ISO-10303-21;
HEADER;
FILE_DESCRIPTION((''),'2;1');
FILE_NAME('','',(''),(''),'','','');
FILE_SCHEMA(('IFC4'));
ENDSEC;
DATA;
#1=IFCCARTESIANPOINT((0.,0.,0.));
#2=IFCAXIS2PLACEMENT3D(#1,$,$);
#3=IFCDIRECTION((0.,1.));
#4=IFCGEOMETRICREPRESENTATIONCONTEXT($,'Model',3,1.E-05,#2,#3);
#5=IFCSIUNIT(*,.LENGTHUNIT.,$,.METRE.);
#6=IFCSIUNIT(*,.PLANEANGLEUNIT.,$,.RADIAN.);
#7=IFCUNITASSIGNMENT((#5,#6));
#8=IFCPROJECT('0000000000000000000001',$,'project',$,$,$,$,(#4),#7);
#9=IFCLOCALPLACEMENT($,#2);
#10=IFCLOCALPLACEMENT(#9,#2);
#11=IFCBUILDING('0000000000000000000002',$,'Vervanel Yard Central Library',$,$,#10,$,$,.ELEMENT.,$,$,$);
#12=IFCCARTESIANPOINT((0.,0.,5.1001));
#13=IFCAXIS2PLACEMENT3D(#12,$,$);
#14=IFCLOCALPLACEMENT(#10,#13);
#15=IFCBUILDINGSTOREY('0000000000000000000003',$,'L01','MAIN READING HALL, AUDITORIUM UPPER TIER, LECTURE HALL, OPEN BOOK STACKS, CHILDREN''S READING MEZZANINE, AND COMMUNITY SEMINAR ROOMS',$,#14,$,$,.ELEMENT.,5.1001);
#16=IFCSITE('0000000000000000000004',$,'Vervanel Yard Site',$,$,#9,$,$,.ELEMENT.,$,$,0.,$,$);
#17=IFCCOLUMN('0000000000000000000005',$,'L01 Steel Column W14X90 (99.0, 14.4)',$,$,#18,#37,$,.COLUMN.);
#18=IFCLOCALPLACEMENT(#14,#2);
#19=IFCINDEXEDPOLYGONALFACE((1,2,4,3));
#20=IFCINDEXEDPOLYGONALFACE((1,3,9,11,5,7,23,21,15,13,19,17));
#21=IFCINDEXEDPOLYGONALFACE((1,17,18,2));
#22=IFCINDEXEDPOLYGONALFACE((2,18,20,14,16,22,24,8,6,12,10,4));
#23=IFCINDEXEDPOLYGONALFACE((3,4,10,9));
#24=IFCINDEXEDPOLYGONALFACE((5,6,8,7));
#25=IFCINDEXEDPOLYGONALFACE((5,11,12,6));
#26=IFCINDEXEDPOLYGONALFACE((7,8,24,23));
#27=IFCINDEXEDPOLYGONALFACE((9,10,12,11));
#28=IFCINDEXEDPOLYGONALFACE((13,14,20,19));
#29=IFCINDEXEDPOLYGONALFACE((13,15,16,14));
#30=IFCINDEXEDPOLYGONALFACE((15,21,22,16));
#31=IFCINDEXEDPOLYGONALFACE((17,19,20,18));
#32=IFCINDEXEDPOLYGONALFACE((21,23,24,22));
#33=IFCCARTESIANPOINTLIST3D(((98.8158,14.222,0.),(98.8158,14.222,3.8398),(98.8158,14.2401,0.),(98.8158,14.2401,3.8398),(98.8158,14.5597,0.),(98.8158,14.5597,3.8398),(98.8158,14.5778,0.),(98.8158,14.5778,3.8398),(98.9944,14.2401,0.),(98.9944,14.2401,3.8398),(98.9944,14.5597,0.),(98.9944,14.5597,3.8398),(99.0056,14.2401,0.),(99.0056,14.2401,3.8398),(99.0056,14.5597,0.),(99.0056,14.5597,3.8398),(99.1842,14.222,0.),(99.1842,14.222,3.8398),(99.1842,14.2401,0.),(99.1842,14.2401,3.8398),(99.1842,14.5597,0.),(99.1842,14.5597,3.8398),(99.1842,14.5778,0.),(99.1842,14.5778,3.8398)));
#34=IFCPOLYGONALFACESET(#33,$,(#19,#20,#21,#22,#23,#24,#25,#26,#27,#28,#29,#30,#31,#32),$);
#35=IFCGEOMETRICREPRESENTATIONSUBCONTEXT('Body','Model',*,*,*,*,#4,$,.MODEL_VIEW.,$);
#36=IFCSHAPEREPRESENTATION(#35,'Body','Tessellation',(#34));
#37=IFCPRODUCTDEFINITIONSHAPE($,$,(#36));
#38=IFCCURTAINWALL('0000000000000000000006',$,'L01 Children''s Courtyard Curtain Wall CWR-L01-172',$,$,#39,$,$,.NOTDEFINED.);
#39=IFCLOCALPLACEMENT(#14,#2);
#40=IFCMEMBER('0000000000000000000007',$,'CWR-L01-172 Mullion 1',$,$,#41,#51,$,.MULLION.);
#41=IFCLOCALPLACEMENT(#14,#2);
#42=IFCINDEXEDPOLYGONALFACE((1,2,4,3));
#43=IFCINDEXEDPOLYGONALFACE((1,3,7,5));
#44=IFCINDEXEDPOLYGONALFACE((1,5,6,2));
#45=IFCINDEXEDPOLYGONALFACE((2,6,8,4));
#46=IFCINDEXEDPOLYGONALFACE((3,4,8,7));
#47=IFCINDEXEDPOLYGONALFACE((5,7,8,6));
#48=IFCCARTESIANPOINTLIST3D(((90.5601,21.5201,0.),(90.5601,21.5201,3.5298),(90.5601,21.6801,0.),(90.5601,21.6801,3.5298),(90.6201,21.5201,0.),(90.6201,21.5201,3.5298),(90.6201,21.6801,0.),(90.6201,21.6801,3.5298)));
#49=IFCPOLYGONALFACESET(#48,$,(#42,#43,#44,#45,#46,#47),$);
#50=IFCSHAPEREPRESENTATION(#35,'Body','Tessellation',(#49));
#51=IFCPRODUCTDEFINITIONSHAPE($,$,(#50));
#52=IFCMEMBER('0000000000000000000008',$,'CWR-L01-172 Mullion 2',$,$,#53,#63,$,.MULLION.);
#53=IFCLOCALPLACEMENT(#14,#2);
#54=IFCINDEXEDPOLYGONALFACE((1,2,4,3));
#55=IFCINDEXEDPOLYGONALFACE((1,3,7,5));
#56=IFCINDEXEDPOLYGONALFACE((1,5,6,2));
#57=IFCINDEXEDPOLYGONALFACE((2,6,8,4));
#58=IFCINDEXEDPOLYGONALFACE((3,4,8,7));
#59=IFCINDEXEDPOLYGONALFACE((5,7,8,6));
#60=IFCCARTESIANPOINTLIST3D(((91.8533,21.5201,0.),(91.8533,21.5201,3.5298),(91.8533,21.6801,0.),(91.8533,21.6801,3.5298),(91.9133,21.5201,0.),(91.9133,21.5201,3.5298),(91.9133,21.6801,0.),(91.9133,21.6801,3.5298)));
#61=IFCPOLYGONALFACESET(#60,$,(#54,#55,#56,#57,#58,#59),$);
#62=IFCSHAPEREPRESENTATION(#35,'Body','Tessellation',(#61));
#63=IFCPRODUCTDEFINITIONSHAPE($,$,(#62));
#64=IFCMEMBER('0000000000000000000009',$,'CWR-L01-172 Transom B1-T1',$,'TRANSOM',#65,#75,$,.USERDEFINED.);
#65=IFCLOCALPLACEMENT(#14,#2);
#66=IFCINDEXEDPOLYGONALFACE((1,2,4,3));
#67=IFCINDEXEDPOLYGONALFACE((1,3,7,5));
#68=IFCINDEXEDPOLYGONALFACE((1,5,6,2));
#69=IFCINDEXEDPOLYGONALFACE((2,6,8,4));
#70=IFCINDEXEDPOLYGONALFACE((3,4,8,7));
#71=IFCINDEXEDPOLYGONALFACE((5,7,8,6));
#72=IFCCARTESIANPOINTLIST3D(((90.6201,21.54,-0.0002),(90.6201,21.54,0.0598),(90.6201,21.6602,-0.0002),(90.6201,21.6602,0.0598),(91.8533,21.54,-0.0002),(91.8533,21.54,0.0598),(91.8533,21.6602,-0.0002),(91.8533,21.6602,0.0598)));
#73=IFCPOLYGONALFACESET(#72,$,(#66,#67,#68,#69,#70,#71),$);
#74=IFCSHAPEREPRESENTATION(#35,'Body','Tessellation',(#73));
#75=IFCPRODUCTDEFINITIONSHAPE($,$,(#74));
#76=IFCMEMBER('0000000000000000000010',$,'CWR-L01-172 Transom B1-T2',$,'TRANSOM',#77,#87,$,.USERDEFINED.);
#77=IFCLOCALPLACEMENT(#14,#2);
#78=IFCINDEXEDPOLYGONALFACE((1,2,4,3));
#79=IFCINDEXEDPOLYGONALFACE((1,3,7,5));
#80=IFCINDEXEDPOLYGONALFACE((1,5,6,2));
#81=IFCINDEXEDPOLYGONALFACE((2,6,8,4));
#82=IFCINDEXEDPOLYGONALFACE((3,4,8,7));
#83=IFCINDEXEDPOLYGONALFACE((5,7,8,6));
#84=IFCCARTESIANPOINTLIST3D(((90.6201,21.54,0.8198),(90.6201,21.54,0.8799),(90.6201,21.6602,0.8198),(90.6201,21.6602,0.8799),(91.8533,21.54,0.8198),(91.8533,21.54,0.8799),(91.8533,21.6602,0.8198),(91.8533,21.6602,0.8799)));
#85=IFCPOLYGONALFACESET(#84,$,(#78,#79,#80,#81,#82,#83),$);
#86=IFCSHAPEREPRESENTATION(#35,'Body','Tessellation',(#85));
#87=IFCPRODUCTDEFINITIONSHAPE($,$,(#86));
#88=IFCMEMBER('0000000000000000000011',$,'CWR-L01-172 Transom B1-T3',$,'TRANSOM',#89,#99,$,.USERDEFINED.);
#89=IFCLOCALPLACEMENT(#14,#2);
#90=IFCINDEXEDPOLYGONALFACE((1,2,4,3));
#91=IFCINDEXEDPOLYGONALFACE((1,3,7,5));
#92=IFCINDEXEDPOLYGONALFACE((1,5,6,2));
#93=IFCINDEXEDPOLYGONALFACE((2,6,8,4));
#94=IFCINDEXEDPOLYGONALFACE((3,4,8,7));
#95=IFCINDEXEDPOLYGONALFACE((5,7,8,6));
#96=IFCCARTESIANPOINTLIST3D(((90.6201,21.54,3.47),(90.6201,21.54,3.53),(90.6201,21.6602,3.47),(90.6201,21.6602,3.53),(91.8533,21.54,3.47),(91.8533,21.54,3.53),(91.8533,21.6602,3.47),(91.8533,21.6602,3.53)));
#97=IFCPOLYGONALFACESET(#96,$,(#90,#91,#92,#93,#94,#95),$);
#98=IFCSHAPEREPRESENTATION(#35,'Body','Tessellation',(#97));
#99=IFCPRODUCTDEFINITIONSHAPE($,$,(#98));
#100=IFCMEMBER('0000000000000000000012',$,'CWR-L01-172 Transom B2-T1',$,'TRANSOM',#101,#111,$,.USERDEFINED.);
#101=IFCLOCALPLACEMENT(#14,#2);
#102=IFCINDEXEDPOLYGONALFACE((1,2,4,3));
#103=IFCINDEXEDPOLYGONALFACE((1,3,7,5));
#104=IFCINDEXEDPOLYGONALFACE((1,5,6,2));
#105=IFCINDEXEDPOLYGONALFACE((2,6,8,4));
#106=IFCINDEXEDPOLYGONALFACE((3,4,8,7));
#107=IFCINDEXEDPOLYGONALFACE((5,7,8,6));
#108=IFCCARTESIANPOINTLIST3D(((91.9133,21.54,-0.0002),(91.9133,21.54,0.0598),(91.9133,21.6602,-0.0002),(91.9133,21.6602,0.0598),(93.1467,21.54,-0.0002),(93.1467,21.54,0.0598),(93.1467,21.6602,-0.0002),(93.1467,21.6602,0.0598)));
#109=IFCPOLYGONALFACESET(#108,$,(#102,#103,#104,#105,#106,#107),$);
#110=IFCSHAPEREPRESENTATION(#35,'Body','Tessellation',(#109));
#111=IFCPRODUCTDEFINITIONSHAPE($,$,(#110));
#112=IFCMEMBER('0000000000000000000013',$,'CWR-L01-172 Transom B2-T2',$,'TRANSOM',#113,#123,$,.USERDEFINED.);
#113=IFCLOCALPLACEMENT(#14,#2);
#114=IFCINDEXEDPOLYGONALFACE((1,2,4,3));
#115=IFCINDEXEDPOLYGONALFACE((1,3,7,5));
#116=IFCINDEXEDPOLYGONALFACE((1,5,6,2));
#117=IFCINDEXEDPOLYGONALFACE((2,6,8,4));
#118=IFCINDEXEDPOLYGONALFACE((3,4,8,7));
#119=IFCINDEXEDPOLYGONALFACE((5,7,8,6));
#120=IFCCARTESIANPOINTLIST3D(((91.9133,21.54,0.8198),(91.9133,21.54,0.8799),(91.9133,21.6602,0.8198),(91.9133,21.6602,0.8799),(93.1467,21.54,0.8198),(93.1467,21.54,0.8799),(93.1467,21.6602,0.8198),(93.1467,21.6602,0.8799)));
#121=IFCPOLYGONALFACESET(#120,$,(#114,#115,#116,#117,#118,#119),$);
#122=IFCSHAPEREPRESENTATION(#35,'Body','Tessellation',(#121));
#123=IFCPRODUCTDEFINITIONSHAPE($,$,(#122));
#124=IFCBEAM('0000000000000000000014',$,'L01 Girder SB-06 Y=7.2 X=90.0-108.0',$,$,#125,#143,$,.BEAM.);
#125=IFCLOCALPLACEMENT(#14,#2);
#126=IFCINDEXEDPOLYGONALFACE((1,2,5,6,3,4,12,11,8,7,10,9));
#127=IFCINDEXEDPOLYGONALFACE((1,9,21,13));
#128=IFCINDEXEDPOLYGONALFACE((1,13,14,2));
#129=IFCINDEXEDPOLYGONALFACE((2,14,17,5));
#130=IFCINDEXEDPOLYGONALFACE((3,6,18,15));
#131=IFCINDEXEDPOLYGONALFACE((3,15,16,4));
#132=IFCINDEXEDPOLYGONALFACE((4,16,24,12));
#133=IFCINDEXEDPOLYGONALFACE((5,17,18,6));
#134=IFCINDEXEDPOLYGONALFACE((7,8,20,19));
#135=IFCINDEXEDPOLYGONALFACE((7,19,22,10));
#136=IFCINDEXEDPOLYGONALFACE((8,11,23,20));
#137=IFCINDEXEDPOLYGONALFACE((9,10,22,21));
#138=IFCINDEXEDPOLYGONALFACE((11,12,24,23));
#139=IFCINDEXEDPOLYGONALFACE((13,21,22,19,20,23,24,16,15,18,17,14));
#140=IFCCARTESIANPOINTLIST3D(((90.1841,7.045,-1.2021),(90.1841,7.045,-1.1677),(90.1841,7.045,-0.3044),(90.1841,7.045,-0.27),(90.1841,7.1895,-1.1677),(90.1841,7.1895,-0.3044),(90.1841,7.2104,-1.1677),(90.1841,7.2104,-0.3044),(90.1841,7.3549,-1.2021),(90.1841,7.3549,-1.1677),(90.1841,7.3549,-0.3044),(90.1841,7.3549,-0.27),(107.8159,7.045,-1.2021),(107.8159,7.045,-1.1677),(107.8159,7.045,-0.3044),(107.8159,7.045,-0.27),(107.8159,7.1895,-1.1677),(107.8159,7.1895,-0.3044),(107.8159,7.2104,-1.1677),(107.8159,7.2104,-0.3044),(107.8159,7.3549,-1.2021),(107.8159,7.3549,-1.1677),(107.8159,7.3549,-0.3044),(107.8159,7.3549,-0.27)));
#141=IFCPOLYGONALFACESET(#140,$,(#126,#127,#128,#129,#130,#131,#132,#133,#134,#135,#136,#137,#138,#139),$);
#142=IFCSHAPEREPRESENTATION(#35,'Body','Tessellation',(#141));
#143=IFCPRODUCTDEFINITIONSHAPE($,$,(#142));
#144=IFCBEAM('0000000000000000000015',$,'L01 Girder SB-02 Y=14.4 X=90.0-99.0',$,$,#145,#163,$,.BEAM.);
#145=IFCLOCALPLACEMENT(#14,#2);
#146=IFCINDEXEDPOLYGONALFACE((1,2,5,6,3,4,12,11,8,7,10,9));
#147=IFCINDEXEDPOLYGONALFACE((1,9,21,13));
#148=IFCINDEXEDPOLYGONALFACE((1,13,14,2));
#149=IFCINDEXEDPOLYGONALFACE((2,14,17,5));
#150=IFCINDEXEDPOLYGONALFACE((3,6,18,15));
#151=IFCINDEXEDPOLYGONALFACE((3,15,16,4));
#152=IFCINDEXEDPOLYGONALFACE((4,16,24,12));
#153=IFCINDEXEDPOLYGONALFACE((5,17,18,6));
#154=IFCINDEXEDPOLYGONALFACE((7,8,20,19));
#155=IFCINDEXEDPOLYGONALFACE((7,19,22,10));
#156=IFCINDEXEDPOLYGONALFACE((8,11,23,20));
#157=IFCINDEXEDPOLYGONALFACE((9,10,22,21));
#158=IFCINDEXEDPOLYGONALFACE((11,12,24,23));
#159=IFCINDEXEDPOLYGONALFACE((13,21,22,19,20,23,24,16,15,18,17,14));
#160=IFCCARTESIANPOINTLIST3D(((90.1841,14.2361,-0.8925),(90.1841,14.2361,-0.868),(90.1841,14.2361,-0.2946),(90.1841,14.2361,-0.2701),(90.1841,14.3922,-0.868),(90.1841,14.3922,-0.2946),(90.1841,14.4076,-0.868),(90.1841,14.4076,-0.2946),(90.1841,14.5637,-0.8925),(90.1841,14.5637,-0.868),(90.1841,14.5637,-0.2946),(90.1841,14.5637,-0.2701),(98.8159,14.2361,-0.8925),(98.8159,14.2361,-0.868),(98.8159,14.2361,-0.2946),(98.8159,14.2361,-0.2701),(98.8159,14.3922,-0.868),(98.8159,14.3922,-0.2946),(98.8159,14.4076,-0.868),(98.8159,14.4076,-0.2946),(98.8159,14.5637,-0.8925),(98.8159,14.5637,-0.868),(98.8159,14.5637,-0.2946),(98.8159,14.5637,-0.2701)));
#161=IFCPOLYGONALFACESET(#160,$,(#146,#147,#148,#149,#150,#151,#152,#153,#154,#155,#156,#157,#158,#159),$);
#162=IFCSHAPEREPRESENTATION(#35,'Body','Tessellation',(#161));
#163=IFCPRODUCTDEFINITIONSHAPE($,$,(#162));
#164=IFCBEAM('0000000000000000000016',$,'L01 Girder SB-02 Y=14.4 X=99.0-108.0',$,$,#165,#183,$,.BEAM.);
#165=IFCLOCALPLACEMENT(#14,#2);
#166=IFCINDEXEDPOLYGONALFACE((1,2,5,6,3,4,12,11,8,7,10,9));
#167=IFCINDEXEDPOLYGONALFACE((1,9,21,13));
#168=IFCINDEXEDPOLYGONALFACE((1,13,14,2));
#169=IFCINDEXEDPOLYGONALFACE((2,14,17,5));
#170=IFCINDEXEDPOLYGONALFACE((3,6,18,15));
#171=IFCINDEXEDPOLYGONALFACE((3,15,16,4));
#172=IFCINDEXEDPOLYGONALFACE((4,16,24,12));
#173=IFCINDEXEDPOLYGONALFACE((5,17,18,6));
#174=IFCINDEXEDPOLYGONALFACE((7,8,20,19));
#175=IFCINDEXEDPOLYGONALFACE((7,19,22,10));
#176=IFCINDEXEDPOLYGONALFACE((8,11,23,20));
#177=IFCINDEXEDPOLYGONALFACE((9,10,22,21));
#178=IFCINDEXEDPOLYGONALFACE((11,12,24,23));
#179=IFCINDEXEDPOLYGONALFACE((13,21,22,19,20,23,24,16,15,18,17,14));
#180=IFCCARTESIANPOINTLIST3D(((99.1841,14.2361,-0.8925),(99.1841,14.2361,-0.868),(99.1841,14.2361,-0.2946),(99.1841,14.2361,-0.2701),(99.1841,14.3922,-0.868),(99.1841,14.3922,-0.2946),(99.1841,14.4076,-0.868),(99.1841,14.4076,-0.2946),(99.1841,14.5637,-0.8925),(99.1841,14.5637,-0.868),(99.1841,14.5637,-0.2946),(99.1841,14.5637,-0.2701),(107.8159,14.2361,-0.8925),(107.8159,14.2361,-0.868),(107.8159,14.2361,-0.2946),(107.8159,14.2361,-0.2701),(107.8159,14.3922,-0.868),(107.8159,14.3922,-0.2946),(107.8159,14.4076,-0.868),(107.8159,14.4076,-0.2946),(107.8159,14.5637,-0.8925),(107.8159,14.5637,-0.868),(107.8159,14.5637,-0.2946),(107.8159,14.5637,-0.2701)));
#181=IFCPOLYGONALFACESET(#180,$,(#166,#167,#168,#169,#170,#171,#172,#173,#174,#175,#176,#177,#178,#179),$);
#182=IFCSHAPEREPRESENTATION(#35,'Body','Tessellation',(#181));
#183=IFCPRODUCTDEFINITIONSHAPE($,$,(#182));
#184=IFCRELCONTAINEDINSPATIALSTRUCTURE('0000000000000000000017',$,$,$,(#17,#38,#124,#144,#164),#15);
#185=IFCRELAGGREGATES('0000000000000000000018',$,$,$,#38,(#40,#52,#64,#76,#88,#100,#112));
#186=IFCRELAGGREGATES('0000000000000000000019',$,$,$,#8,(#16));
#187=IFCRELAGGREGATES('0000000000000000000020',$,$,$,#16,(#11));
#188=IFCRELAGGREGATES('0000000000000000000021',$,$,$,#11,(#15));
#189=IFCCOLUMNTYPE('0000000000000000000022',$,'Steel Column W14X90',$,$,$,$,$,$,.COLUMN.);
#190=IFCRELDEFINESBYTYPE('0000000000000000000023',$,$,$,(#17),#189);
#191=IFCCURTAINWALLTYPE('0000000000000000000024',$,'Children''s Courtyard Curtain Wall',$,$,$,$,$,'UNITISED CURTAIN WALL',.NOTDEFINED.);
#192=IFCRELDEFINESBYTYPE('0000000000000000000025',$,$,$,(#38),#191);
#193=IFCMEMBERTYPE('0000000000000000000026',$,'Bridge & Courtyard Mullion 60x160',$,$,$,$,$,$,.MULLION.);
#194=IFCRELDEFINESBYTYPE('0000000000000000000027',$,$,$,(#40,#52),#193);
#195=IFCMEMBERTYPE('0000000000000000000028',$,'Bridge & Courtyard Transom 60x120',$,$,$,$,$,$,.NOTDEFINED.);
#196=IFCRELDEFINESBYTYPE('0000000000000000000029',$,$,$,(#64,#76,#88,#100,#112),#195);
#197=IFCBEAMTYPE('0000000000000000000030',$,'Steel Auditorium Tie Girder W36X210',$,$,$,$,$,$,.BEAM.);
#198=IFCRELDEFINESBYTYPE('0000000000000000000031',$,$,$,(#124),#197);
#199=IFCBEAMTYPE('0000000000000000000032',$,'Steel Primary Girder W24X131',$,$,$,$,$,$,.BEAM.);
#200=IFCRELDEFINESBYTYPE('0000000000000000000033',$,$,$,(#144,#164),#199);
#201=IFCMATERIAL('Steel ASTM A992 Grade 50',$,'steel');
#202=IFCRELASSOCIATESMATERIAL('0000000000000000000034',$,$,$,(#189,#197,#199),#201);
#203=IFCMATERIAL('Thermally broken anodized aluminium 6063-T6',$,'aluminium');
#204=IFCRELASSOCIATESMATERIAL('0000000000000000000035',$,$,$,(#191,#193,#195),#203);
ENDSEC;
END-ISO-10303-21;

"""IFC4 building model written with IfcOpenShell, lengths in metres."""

from ifc_helpers import new_model, si_unit, direction, frame, origin, origin_2d, place, context, subcontext, project, spatial, rectangle, i_section, extrude, material, material_profile, profile_set, type_object, element, aggregate, save


model = new_model("IFC4")

# Units and contexts
model_context = context("Model", 3, precision=1e-05, world=origin(), true_north=direction((0.0, 1.0)))
body_context = subcontext(model_context, "Body", "Model", "MODEL_VIEW")
ifc_project = project(units=[si_unit("LENGTHUNIT", "METRE"), si_unit("PLANEANGLEUNIT", "RADIAN")], contexts=[model_context])

# Site, building, storey
site_placement = place(None, origin())
site = spatial("IfcSite", under=ifc_project, at=site_placement, Name="Vervanel Yard Site", CompositionType="ELEMENT", RefElevation=0.0)
building_placement = place(site_placement, origin())
building = spatial("IfcBuilding", under=site, at=building_placement, Name="Vervanel Yard Central Library", CompositionType="ELEMENT")
storey_placement = place(building_placement, frame((0.0, 0.0, 5.1001)))
storey = spatial("IfcBuildingStorey", under=building, at=storey_placement, Name="L01", Description="MAIN READING HALL, AUDITORIUM UPPER TIER, LECTURE HALL, OPEN BOOK STACKS, CHILDREN'S READING MEZZANINE, AND COMMUNITY SEMINAR ROOMS", CompositionType="ELEMENT", Elevation=5.1001)

# Column
ifc_material_1 = material(Name="Steel ASTM A992 Grade 50", Category="steel")
ifc_material_profile_1 = material_profile(ifc_material_1, i_section(OverallWidth=0.3684, OverallDepth=0.3557, WebThickness=0.0112, FlangeThickness=0.0181, at=origin_2d()), Name="W14X90", Category="steel")
ifc_profile_set_1 = profile_set([ifc_material_profile_1], Name="Steel ASTM A992 Grade 50")
column_type = type_object("IfcColumnType", Name="Steel Column W14X90", PredefinedType="COLUMN", material=ifc_profile_set_1)
column_placement = place(storey_placement, frame((99.0, 14.3999, 0.0), z_axis=(0.0, 0.0, 1.0), x_axis=(1.0, 0.0, 0.0)))
element("IfcColumn", 1, at=column_placement, inside=storey, type_object=column_type, Name="L01 Steel Column W14X90 (99.0, 14.4)", PredefinedType="COLUMN", context=body_context, shape_type="SweptSolid", body=[
    extrude(i_section(OverallWidth=0.3684, OverallDepth=0.3557, WebThickness=0.0112, FlangeThickness=0.0181, at=origin_2d()), origin(), (0.0, 0.0, 1.0), 3.8398),
])

# Curtain wall, members
ifc_material_2 = material(Name="Thermally broken anodized aluminium 6063-T6", Category="aluminium")
curtain_wall_type = type_object("IfcCurtainWallType", Name="Children's Courtyard Curtain Wall", ElementType="UNITISED CURTAIN WALL", PredefinedType="NOTDEFINED", material=ifc_material_2)
curtain_wall_placement = place(storey_placement, origin())
curtain_wall = element("IfcCurtainWall", 2, at=curtain_wall_placement, inside=storey, type_object=curtain_wall_type, Name="L01 Children's Courtyard Curtain Wall CWR-L01-172", PredefinedType="NOTDEFINED")
ifc_material_profile_2 = material_profile(ifc_material_2, rectangle(XDim=0.0601, YDim=0.1599, at=origin_2d()), Name="ALU 60x160", Category="aluminium")
ifc_profile_set_2 = profile_set([ifc_material_profile_2], Name="Thermally broken anodized aluminium 6063-T6")
member_type_1 = type_object("IfcMemberType", Name="Bridge & Courtyard Mullion 60x160", PredefinedType="MULLION", material=ifc_profile_set_2)
member_1_placement = place(storey_placement, frame((90.5901, 21.6001, 0.0), z_axis=(0.0, 0.0, 1.0), x_axis=(1.0, 0.0, 0.0)))
member_1 = element("IfcMember", 3, at=member_1_placement, type_object=member_type_1, Name="CWR-L01-172 Mullion 1", PredefinedType="MULLION", context=body_context, shape_type="SweptSolid", body=[
    extrude(rectangle(XDim=0.0601, YDim=0.1599, at=origin_2d()), origin(), (0.0, 0.0, 1.0), 3.5298),
])
member_2_placement = place(storey_placement, frame((91.8833, 21.6001, 0.0), z_axis=(0.0, 0.0, 1.0), x_axis=(1.0, 0.0, 0.0)))
member_2 = element("IfcMember", 4, at=member_2_placement, type_object=member_type_1, Name="CWR-L01-172 Mullion 2", PredefinedType="MULLION", context=body_context, shape_type="SweptSolid", body=[
    extrude(rectangle(XDim=0.0601, YDim=0.1599, at=origin_2d()), origin(), (0.0, 0.0, 1.0), 3.5298),
])
ifc_material_profile_3 = material_profile(ifc_material_2, rectangle(XDim=0.0601, YDim=0.1201, at=origin_2d()), Name="ALU 60x120", Category="aluminium")
ifc_profile_set_3 = profile_set([ifc_material_profile_3], Name="Thermally broken anodized aluminium 6063-T6")
member_type_2 = type_object("IfcMemberType", Name="Bridge & Courtyard Transom 60x120", PredefinedType="NOTDEFINED", material=ifc_profile_set_3)
member_3_placement = place(storey_placement, frame((90.6201, 21.6001, 0.0298), z_axis=(1.0, 0.0, 0.0), x_axis=(0.0, 0.0, 1.0)))
member_3 = element("IfcMember", 5, at=member_3_placement, type_object=member_type_2, Name="CWR-L01-172 Transom B1-T1", ObjectType="TRANSOM", PredefinedType="USERDEFINED", context=body_context, shape_type="SweptSolid", body=[
    extrude(rectangle(XDim=0.0601, YDim=0.1201, at=origin_2d()), origin(), (0.0, 0.0, 1.0), 1.2332),
])
member_4_placement = place(storey_placement, frame((90.6201, 21.6001, 0.8499), z_axis=(1.0, 0.0, 0.0), x_axis=(0.0, 0.0, 1.0)))
member_4 = element("IfcMember", 6, at=member_4_placement, type_object=member_type_2, Name="CWR-L01-172 Transom B1-T2", ObjectType="TRANSOM", PredefinedType="USERDEFINED", context=body_context, shape_type="SweptSolid", body=[
    extrude(rectangle(XDim=0.0601, YDim=0.1201, at=origin_2d()), origin(), (0.0, 0.0, 1.0), 1.2332),
])
member_5_placement = place(storey_placement, frame((90.6201, 21.6001, 3.5), z_axis=(1.0, 0.0, 0.0), x_axis=(0.0, 0.0, 1.0)))
member_5 = element("IfcMember", 7, at=member_5_placement, type_object=member_type_2, Name="CWR-L01-172 Transom B1-T3", ObjectType="TRANSOM", PredefinedType="USERDEFINED", context=body_context, shape_type="SweptSolid", body=[
    extrude(rectangle(XDim=0.0601, YDim=0.1201, at=origin_2d()), origin(), (0.0, 0.0, 1.0), 1.2332),
])
member_6_placement = place(storey_placement, frame((91.9133, 21.6001, 0.0298), z_axis=(1.0, 0.0, 0.0), x_axis=(0.0, 0.0, 1.0)))
member_6 = element("IfcMember", 8, at=member_6_placement, type_object=member_type_2, Name="CWR-L01-172 Transom B2-T1", ObjectType="TRANSOM", PredefinedType="USERDEFINED", context=body_context, shape_type="SweptSolid", body=[
    extrude(rectangle(XDim=0.0601, YDim=0.1201, at=origin_2d()), origin(), (0.0, 0.0, 1.0), 1.2334),
])
member_7_placement = place(storey_placement, frame((91.9133, 21.6001, 0.8499), z_axis=(1.0, 0.0, 0.0), x_axis=(0.0, 0.0, 1.0)))
member_7 = element("IfcMember", 9, at=member_7_placement, type_object=member_type_2, Name="CWR-L01-172 Transom B2-T2", ObjectType="TRANSOM", PredefinedType="USERDEFINED", context=body_context, shape_type="SweptSolid", body=[
    extrude(rectangle(XDim=0.0601, YDim=0.1201, at=origin_2d()), origin(), (0.0, 0.0, 1.0), 1.2334),
])

# Beams
ifc_material_profile_4 = material_profile(ifc_material_1, i_section(OverallWidth=0.3098, OverallDepth=0.9321, WebThickness=0.021, FlangeThickness=0.0344, at=origin_2d()), Name="W36X210", Category="steel")
ifc_profile_set_4 = profile_set([ifc_material_profile_4], Name="Steel ASTM A992 Grade 50")
beam_type_1 = type_object("IfcBeamType", Name="Steel Auditorium Tie Girder W36X210", PredefinedType="BEAM", material=ifc_profile_set_4)
beam_1_placement = place(storey_placement, frame((90.1841, 7.2, -0.7361), z_axis=(1.0, 0.0, 0.0), x_axis=(0.0, 1.0, 0.0)))
element("IfcBeam", 10, at=beam_1_placement, inside=storey, type_object=beam_type_1, Name="L01 Girder SB-06 Y=7.2 X=90.0-108.0", PredefinedType="BEAM", context=body_context, shape_type="SweptSolid", body=[
    extrude(i_section(OverallWidth=0.3098, OverallDepth=0.9321, WebThickness=0.021, FlangeThickness=0.0344, at=origin_2d()), origin(), (0.0, 0.0, 1.0), 17.6318),
])
ifc_material_profile_5 = material_profile(ifc_material_1, i_section(OverallWidth=0.3276, OverallDepth=0.6223, WebThickness=0.0154, FlangeThickness=0.0244, at=origin_2d()), Name="W24X131", Category="steel")
ifc_profile_set_5 = profile_set([ifc_material_profile_5], Name="Steel ASTM A992 Grade 50")
beam_type_2 = type_object("IfcBeamType", Name="Steel Primary Girder W24X131", PredefinedType="BEAM", material=ifc_profile_set_5)
for number, where, z_axis, x_axis, name in (
    (11, (90.1841, 14.3999, -0.5813), (1.0, 0.0, 0.0), (0.0, 1.0, 0.0), "L01 Girder SB-02 Y=14.4 X=90.0-99.0"),
    (12, (99.1841, 14.3999, -0.5813), (1.0, 0.0, 0.0), (0.0, 1.0, 0.0), "L01 Girder SB-02 Y=14.4 X=99.0-108.0"),
):
    element("IfcBeam", number, at=place(storey_placement, frame(where, z_axis=z_axis, x_axis=x_axis)), inside=storey, type_object=beam_type_2, Name=name, PredefinedType="BEAM", context=body_context, shape_type="SweptSolid", body=[
        extrude(i_section(OverallWidth=0.3276, OverallDepth=0.6223, WebThickness=0.0154, FlangeThickness=0.0244, at=origin_2d()), origin(), (0.0, 0.0, 1.0), 8.6318),
    ])

aggregate(curtain_wall, [member_1, member_2, member_3, member_4, member_5, member_6, member_7])

save(model, "model.ifc")
